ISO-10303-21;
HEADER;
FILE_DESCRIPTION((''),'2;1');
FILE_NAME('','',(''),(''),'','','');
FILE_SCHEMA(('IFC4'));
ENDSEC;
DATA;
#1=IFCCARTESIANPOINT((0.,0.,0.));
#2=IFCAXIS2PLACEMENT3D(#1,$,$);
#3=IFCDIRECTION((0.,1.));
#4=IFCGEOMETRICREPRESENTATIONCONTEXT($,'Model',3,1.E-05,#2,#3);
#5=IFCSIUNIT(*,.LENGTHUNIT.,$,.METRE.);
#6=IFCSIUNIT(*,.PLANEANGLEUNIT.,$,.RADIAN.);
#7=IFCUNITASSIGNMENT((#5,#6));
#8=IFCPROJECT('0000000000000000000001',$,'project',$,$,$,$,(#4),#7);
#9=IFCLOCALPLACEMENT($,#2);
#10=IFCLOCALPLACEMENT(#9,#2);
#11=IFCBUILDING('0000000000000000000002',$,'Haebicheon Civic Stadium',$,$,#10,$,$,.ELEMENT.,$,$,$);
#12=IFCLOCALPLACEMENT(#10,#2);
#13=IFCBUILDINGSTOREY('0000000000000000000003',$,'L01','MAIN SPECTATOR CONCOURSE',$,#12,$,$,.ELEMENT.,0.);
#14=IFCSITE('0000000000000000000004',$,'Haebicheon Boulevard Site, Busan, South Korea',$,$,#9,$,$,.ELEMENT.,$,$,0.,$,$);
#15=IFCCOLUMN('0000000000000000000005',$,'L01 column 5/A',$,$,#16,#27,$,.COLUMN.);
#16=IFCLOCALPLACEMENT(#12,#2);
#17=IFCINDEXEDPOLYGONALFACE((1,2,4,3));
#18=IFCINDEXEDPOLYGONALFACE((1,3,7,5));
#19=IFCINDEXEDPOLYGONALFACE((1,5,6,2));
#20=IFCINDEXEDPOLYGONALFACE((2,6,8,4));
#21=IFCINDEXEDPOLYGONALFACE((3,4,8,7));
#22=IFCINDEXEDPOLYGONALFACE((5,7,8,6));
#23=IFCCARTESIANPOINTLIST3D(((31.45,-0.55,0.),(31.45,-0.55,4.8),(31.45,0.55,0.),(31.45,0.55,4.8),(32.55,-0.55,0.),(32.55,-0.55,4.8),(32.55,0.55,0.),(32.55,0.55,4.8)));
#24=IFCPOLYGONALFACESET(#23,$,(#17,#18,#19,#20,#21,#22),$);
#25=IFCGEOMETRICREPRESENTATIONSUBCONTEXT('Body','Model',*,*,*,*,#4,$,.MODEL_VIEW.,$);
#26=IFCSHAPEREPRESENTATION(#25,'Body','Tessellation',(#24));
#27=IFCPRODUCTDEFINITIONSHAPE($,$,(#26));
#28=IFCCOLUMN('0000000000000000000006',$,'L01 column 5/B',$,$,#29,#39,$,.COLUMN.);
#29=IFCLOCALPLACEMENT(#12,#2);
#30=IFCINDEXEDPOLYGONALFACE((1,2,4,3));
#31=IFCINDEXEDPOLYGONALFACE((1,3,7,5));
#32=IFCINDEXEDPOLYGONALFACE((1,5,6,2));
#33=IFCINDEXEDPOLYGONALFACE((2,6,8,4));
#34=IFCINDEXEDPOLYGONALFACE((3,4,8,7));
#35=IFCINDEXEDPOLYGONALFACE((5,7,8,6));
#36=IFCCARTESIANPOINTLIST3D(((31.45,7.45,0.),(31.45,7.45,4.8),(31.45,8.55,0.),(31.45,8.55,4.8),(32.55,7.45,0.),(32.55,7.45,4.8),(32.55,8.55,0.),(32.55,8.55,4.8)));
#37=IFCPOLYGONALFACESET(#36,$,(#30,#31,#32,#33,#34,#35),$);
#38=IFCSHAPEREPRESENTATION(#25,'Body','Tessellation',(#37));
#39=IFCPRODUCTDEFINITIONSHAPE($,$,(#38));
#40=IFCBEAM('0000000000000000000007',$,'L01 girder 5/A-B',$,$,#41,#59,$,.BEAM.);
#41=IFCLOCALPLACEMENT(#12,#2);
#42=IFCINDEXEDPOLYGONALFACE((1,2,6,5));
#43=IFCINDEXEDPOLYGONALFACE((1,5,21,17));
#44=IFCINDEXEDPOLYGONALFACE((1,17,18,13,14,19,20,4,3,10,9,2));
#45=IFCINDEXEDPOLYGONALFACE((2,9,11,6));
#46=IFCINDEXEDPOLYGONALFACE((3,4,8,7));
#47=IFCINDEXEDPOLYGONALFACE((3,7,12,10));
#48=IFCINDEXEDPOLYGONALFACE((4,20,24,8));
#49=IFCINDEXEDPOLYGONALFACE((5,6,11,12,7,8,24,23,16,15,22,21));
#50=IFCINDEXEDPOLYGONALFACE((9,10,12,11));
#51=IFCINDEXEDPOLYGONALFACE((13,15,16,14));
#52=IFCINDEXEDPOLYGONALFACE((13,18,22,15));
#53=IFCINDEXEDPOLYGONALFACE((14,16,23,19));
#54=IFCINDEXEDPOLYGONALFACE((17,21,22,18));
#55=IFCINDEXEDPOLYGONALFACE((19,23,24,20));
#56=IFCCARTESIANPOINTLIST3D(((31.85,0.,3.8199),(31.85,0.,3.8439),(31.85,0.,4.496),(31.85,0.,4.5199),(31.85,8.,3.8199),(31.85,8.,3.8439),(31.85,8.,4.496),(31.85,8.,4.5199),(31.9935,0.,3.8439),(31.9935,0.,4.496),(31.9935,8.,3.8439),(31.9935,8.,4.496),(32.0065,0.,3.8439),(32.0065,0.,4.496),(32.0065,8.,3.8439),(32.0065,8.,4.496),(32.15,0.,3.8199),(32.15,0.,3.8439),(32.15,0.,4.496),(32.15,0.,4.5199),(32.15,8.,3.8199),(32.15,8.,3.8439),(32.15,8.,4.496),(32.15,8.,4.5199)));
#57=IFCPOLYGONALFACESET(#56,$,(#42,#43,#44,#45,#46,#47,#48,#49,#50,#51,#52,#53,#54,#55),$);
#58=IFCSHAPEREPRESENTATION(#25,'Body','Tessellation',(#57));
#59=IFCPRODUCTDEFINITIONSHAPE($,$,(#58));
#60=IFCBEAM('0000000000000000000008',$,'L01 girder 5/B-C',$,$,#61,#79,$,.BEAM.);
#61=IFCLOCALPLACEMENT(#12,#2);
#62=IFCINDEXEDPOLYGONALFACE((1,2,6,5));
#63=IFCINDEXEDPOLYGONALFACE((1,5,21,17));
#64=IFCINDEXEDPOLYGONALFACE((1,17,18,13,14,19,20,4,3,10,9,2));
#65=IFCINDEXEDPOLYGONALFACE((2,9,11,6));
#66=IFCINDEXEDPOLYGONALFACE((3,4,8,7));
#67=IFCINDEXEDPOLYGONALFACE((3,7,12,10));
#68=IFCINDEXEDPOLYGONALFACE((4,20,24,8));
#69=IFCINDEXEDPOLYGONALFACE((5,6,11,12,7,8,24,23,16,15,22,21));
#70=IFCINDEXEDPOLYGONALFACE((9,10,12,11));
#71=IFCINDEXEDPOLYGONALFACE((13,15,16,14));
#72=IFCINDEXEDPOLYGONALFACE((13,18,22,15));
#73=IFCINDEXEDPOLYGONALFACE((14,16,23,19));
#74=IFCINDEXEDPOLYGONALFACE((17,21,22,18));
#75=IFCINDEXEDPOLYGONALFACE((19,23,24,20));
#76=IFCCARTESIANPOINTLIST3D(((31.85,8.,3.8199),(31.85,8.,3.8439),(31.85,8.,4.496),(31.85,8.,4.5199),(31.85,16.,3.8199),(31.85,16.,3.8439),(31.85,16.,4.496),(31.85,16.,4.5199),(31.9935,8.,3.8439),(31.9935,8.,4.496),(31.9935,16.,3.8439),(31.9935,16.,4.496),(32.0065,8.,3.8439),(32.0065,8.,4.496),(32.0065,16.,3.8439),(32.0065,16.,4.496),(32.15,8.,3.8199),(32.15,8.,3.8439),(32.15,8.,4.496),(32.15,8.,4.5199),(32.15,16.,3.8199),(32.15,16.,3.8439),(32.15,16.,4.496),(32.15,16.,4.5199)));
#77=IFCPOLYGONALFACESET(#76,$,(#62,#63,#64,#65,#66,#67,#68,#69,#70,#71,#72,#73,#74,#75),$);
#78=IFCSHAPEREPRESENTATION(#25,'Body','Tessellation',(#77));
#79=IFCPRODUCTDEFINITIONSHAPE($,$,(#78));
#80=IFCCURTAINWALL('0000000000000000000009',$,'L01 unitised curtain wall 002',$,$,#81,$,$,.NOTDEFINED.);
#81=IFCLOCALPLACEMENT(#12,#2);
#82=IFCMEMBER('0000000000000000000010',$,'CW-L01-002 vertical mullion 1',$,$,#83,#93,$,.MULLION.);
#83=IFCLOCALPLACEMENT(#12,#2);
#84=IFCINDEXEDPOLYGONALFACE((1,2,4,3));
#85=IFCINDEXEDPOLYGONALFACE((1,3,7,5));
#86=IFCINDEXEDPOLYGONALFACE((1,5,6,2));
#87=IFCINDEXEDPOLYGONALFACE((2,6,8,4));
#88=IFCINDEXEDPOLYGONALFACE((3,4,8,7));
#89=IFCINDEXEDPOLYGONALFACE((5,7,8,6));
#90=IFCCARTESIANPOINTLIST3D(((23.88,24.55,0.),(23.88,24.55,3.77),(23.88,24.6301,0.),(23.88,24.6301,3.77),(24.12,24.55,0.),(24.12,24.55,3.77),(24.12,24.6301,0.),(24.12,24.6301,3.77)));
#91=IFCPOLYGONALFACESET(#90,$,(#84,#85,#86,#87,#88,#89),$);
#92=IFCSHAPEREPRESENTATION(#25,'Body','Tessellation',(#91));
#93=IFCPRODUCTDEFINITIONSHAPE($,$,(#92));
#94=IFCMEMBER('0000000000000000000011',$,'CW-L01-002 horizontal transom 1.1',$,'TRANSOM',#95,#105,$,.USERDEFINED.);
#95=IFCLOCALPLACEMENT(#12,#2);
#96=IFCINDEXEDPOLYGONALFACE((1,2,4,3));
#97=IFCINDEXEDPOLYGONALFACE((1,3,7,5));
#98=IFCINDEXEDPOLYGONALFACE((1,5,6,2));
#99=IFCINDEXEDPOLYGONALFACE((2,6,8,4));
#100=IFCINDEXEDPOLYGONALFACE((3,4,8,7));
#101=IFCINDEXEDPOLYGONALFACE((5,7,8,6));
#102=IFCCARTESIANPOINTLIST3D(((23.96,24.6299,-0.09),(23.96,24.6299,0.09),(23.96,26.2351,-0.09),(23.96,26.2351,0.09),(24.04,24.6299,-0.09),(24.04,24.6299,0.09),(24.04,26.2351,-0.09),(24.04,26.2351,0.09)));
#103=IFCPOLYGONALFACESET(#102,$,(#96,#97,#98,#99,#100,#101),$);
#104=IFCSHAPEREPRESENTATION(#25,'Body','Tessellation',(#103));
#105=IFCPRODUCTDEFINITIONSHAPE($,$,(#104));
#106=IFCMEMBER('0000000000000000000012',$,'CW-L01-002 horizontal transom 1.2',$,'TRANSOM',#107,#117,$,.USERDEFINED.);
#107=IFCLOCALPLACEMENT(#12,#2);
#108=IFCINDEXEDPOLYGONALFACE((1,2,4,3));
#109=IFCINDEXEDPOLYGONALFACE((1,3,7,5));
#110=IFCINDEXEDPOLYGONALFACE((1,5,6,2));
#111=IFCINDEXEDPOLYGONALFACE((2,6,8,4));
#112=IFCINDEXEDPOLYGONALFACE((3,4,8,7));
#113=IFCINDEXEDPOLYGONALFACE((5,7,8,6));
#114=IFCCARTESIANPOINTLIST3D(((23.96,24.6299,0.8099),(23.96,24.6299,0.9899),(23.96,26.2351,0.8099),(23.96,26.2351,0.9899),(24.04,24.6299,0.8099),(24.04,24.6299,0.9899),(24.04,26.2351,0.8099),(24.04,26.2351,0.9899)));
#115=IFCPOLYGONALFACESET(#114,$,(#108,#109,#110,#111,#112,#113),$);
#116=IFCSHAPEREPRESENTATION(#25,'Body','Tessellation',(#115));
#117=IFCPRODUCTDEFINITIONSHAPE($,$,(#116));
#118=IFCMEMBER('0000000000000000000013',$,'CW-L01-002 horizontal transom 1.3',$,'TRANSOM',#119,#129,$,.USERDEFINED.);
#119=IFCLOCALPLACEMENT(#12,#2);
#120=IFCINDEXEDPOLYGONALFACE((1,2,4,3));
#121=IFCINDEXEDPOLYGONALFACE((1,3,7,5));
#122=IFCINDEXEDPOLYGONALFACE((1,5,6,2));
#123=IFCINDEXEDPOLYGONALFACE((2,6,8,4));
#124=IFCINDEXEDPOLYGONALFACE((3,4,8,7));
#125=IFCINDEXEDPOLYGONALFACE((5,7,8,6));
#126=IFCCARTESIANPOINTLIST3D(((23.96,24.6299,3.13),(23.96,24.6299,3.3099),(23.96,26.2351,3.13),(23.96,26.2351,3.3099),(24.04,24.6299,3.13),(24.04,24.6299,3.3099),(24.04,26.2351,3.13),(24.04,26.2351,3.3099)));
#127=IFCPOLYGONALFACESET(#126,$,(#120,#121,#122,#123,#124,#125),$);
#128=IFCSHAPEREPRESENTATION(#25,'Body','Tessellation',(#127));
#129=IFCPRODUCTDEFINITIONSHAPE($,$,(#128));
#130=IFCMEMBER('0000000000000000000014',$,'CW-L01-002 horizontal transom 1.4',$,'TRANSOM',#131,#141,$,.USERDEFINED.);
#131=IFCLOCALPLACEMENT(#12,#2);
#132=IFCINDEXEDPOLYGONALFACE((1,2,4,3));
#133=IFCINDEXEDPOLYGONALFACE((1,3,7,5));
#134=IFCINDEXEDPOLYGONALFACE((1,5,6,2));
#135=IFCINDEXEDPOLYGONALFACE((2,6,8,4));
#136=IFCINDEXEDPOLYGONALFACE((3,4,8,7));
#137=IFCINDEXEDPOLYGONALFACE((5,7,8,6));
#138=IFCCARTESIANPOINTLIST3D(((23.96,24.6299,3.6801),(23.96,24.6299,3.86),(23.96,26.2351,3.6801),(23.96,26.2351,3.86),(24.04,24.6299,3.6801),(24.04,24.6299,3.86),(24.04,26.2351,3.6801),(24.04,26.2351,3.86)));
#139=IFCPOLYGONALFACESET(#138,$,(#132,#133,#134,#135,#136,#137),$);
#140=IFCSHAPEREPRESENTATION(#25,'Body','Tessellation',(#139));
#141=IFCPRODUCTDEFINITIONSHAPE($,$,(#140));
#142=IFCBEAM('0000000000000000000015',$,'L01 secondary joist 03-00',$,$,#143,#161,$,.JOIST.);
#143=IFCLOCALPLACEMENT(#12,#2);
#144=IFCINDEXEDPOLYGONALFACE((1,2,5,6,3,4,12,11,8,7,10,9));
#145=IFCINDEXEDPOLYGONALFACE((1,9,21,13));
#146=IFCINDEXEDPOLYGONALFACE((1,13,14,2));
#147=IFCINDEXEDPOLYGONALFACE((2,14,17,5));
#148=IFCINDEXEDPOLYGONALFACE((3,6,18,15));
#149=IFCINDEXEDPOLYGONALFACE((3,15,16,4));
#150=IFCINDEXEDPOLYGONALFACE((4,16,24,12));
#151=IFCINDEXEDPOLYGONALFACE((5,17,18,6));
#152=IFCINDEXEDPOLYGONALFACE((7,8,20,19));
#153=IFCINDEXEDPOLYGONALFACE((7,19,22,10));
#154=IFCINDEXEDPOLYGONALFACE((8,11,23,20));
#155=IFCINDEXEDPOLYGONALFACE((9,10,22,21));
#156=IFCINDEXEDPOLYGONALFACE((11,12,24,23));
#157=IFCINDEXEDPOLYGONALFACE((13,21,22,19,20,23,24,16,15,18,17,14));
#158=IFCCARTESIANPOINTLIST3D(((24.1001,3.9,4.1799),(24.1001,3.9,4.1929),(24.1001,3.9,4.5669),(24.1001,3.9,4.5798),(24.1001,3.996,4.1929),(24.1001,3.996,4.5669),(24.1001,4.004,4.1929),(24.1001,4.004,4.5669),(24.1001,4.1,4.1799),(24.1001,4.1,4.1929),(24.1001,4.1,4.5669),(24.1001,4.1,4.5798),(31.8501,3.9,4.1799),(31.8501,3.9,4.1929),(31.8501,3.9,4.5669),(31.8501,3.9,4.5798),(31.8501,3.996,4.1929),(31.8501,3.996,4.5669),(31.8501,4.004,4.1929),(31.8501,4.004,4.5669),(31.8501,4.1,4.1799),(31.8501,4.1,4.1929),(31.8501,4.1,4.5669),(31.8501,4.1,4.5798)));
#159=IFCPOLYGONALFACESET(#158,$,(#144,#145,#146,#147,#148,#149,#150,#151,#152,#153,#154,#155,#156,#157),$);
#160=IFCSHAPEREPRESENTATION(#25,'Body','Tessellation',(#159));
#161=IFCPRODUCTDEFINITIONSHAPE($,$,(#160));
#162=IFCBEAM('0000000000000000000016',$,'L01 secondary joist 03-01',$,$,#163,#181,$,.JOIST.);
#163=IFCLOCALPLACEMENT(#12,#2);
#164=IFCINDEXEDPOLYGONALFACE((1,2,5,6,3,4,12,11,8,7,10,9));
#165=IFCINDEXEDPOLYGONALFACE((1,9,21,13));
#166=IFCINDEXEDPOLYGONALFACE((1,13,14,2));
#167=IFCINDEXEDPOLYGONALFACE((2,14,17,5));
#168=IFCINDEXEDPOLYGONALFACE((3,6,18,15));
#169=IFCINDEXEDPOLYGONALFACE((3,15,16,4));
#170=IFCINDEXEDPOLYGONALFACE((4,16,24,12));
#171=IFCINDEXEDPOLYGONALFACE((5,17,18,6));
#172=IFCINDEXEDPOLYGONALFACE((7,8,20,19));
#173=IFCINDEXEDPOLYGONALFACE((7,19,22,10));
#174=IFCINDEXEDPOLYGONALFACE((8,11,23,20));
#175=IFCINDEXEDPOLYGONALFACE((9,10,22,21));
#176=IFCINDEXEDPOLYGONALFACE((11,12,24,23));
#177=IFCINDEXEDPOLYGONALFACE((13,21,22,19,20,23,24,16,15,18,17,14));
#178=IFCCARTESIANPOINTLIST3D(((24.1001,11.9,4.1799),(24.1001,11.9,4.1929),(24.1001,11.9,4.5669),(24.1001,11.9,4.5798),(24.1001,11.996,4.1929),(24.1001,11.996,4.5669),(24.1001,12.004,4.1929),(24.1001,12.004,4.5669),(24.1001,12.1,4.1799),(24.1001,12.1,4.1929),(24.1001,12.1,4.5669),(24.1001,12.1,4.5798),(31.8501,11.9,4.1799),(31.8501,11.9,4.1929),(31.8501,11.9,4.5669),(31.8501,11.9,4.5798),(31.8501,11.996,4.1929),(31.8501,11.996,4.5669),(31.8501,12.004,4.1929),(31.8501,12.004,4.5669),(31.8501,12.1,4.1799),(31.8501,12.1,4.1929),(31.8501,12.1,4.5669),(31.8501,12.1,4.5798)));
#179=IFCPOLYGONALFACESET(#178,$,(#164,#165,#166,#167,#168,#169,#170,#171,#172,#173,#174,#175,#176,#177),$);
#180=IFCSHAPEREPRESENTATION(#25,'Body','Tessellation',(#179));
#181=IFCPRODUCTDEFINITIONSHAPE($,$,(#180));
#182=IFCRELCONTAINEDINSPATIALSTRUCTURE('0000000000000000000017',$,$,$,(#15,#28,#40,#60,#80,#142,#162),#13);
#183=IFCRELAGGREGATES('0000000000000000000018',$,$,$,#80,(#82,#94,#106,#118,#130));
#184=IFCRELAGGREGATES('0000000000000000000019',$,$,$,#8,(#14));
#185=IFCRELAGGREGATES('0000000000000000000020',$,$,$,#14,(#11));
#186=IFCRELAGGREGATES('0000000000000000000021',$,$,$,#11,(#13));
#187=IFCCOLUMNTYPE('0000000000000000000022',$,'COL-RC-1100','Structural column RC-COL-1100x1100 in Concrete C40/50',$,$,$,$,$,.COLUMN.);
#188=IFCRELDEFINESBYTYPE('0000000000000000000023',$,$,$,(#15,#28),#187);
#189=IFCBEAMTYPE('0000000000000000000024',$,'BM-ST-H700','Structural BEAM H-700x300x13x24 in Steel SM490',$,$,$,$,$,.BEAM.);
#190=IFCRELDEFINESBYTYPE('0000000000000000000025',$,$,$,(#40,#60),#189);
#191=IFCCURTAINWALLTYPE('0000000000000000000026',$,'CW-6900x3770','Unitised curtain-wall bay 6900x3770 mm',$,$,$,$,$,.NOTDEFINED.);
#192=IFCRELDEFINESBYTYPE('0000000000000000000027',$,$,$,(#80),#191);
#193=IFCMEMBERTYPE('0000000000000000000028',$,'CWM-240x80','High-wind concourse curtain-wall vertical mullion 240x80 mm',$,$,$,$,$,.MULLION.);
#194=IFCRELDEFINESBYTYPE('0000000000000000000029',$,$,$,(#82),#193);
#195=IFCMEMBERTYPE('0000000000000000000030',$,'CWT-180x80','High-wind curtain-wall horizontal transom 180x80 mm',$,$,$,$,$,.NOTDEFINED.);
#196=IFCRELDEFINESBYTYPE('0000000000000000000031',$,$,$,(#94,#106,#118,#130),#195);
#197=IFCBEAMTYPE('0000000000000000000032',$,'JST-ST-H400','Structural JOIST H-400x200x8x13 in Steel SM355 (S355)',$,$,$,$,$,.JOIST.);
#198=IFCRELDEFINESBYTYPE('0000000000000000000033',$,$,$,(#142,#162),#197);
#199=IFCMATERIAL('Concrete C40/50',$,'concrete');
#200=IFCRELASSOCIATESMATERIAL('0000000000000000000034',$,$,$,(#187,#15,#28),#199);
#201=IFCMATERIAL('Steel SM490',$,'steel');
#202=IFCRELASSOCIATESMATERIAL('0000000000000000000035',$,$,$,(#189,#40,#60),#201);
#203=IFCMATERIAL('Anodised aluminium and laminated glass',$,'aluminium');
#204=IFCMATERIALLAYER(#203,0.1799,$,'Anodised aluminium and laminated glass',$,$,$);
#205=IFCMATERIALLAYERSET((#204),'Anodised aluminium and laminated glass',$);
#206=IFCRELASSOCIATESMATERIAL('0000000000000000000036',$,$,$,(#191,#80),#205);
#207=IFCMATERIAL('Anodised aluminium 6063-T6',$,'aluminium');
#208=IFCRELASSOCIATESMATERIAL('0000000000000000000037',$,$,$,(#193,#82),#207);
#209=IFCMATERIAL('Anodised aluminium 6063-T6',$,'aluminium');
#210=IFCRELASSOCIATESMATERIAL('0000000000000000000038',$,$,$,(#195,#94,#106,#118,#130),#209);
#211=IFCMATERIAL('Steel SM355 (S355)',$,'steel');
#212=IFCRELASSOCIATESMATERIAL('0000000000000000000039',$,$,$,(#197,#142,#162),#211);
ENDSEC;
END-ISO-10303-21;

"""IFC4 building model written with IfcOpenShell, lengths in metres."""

from ifc_helpers import new_model, si_unit, direction, frame, origin, origin_2d, place, context, subcontext, project, spatial, rectangle, i_section, extrude, material, layer, layer_set, material_profile, profile_set, type_object, element, aggregate, save


model = new_model("IFC4")

# Units and contexts
model_context = context("Model", 3, precision=1e-05, world=origin(), true_north=direction((0.0, 1.0)))
body_context = subcontext(model_context, "Body", "Model", "MODEL_VIEW")
ifc_project = project(units=[si_unit("LENGTHUNIT", "METRE"), si_unit("PLANEANGLEUNIT", "RADIAN")], contexts=[model_context])

# Site, building, storey
site_placement = place(None, origin())
site = spatial("IfcSite", under=ifc_project, at=site_placement, Name="Haebicheon Boulevard Site, Busan, South Korea", CompositionType="ELEMENT", RefElevation=0.0)
building_placement = place(site_placement, origin())
building = spatial("IfcBuilding", under=site, at=building_placement, Name="Haebicheon Civic Stadium", CompositionType="ELEMENT")
storey_placement = place(building_placement, origin())
storey = spatial("IfcBuildingStorey", under=building, at=storey_placement, Name="L01", Description="MAIN SPECTATOR CONCOURSE", CompositionType="ELEMENT", Elevation=0.0)

# Columns
ifc_material_1 = material(Name="Concrete C40/50", Category="concrete")
ifc_material_profile_1 = material_profile(ifc_material_1, rectangle(XDim=1.1001, YDim=1.1001, at=origin_2d()), Name="RC-COL-1100x1100")
ifc_profile_set_1 = profile_set([ifc_material_profile_1], Name="Concrete C40/50")
column_type = type_object("IfcColumnType", Name="COL-RC-1100", Description="Structural column RC-COL-1100x1100 in Concrete C40/50", PredefinedType="COLUMN", material=ifc_profile_set_1)
for number, where, z_axis, x_axis, name in (
    (1, (32.0, 0.0, 0.0), (0.0, 0.0, 1.0), (1.0, 0.0, 0.0), "L01 column 5/A"),
    (2, (32.0, 8.0, 0.0), (0.0, 0.0, 1.0), (1.0, 0.0, 0.0), "L01 column 5/B"),
):
    element("IfcColumn", number, at=place(storey_placement, frame(where, z_axis=z_axis, x_axis=x_axis)), inside=storey, type_object=column_type, material=ifc_profile_set_1, Name=name, PredefinedType="COLUMN", context=body_context, shape_type="SweptSolid", body=[
        extrude(rectangle(XDim=1.1001, YDim=1.1001, at=origin_2d()), origin(), (0.0, 0.0, 1.0), 4.8),
    ])

# Beams
ifc_material_2 = material(Name="Steel SM490", Category="steel")
ifc_material_profile_2 = material_profile(ifc_material_2, i_section(OverallWidth=0.3, OverallDepth=0.7, WebThickness=0.0129, FlangeThickness=0.0239, at=origin_2d()), Name="H-700x300x13x24")
ifc_profile_set_2 = profile_set([ifc_material_profile_2], Name="Steel SM490")
beam_type_1 = type_object("IfcBeamType", Name="BM-ST-H700", Description="Structural BEAM H-700x300x13x24 in Steel SM490", PredefinedType="BEAM", material=ifc_profile_set_2)
for number, where, z_axis, x_axis, name in (
    (3, (32.0, 0.0, 4.1699), (0.0, 1.0, 0.0), (-1.0, 0.0, 0.0), "L01 girder 5/A-B"),
    (4, (32.0, 8.0, 4.1699), (0.0, 1.0, 0.0), (-1.0, 0.0, 0.0), "L01 girder 5/B-C"),
):
    element("IfcBeam", number, at=place(storey_placement, frame(where, z_axis=z_axis, x_axis=x_axis)), inside=storey, type_object=beam_type_1, material=ifc_profile_set_2, Name=name, PredefinedType="BEAM", context=body_context, shape_type="SweptSolid", body=[
        extrude(i_section(OverallWidth=0.3, OverallDepth=0.7, WebThickness=0.0129, FlangeThickness=0.0239, at=origin_2d()), origin(), (0.0, 0.0, 1.0), 8.0),
    ])

# Curtain wall, members
ifc_material_3 = material(Name="Anodised aluminium and laminated glass", Category="aluminium")
ifc_layer_1 = layer(ifc_material_3, 0.1799, Name="Anodised aluminium and laminated glass")
ifc_layer_set_1 = layer_set([ifc_layer_1], Name="Anodised aluminium and laminated glass")
curtain_wall_type = type_object("IfcCurtainWallType", Name="CW-6900x3770", Description="Unitised curtain-wall bay 6900x3770 mm", PredefinedType="NOTDEFINED", material=ifc_layer_set_1)
curtain_wall_placement = place(storey_placement, origin())
curtain_wall = element("IfcCurtainWall", 5, at=curtain_wall_placement, inside=storey, type_object=curtain_wall_type, material=ifc_layer_set_1, Name="L01 unitised curtain wall 002", PredefinedType="NOTDEFINED")
ifc_material_4 = material(Name="Anodised aluminium 6063-T6", Category="aluminium")
ifc_material_profile_3 = material_profile(ifc_material_4, rectangle(XDim=0.0801, YDim=0.24, at=origin_2d()), Name="ALU-MULL-80x240")
ifc_profile_set_3 = profile_set([ifc_material_profile_3], Name="Anodised aluminium 6063-T6")
member_type_1 = type_object("IfcMemberType", Name="CWM-240x80", Description="High-wind concourse curtain-wall vertical mullion 240x80 mm", PredefinedType="MULLION", material=ifc_profile_set_3)
member_1_placement = place(storey_placement, frame((24.0, 24.5901, 0.0), z_axis=(0.0, 0.0, 1.0), x_axis=(0.0, 1.0, 0.0)))
member_1 = element("IfcMember", 6, at=member_1_placement, type_object=member_type_1, material=ifc_profile_set_3, Name="CW-L01-002 vertical mullion 1", PredefinedType="MULLION", context=body_context, shape_type="SweptSolid", body=[
    extrude(rectangle(XDim=0.0801, YDim=0.24, at=origin_2d()), origin(), (0.0, 0.0, 1.0), 3.77),
])
ifc_material_5 = material(Name="Anodised aluminium 6063-T6", Category="aluminium")
ifc_material_profile_4 = material_profile(ifc_material_5, rectangle(XDim=0.0801, YDim=0.1799, at=origin_2d()), Name="ALU-TRAN-80x180")
ifc_profile_set_4 = profile_set([ifc_material_profile_4], Name="Anodised aluminium 6063-T6")
member_type_2 = type_object("IfcMemberType", Name="CWT-180x80", Description="High-wind curtain-wall horizontal transom 180x80 mm", PredefinedType="NOTDEFINED", material=ifc_profile_set_4)
member_2_placement = place(storey_placement, frame((24.0, 24.6299, 0.0), z_axis=(0.0, 1.0, 0.0), x_axis=(-1.0, 0.0, 0.0)))
member_2 = element("IfcMember", 7, at=member_2_placement, type_object=member_type_2, material=ifc_profile_set_4, Name="CW-L01-002 horizontal transom 1.1", ObjectType="TRANSOM", PredefinedType="USERDEFINED", context=body_context, shape_type="SweptSolid", body=[
    extrude(rectangle(XDim=0.0801, YDim=0.1799, at=origin_2d()), origin(), (0.0, 0.0, 1.0), 1.6052),
])
member_3_placement = place(storey_placement, frame((24.0, 24.6299, 0.8999), z_axis=(0.0, 1.0, 0.0), x_axis=(-1.0, 0.0, 0.0)))
member_3 = element("IfcMember", 8, at=member_3_placement, type_object=member_type_2, material=ifc_profile_set_4, Name="CW-L01-002 horizontal transom 1.2", ObjectType="TRANSOM", PredefinedType="USERDEFINED", context=body_context, shape_type="SweptSolid", body=[
    extrude(rectangle(XDim=0.0801, YDim=0.1799, at=origin_2d()), origin(), (0.0, 0.0, 1.0), 1.6052),
])
member_4_placement = place(storey_placement, frame((24.0, 24.6299, 3.22), z_axis=(0.0, 1.0, 0.0), x_axis=(-1.0, 0.0, 0.0)))
member_4 = element("IfcMember", 9, at=member_4_placement, type_object=member_type_2, material=ifc_profile_set_4, Name="CW-L01-002 horizontal transom 1.3", ObjectType="TRANSOM", PredefinedType="USERDEFINED", context=body_context, shape_type="SweptSolid", body=[
    extrude(rectangle(XDim=0.0801, YDim=0.1799, at=origin_2d()), origin(), (0.0, 0.0, 1.0), 1.6052),
])
member_5_placement = place(storey_placement, frame((24.0, 24.6299, 3.77), z_axis=(0.0, 1.0, 0.0), x_axis=(-1.0, 0.0, 0.0)))
member_5 = element("IfcMember", 10, at=member_5_placement, type_object=member_type_2, material=ifc_profile_set_4, Name="CW-L01-002 horizontal transom 1.4", ObjectType="TRANSOM", PredefinedType="USERDEFINED", context=body_context, shape_type="SweptSolid", body=[
    extrude(rectangle(XDim=0.0801, YDim=0.1799, at=origin_2d()), origin(), (0.0, 0.0, 1.0), 1.6052),
])

# Beams
ifc_material_6 = material(Name="Steel SM355 (S355)", Category="steel")
ifc_material_profile_5 = material_profile(ifc_material_6, i_section(OverallWidth=0.2, OverallDepth=0.3999, WebThickness=0.0081, FlangeThickness=0.0129, at=origin_2d()), Name="H-400x200x8x13")
ifc_profile_set_5 = profile_set([ifc_material_profile_5], Name="Steel SM355 (S355)")
beam_type_2 = type_object("IfcBeamType", Name="JST-ST-H400", Description="Structural JOIST H-400x200x8x13 in Steel SM355 (S355)", PredefinedType="JOIST", material=ifc_profile_set_5)
for number, where, z_axis, x_axis, name in (
    (11, (24.1001, 4.0, 4.3799), (1.0, 0.0, 0.0), (0.0, 1.0, 0.0), "L01 secondary joist 03-00"),
    (12, (24.1001, 12.0, 4.3799), (1.0, 0.0, 0.0), (0.0, 1.0, 0.0), "L01 secondary joist 03-01"),
):
    element("IfcBeam", number, at=place(storey_placement, frame(where, z_axis=z_axis, x_axis=x_axis)), inside=storey, type_object=beam_type_2, material=ifc_profile_set_5, Name=name, PredefinedType="JOIST", context=body_context, shape_type="SweptSolid", body=[
        extrude(i_section(OverallWidth=0.2, OverallDepth=0.3999, WebThickness=0.0081, FlangeThickness=0.0129, at=origin_2d()), origin(), (0.0, 0.0, 1.0), 7.75),
    ])

aggregate(curtain_wall, [member_1, member_2, member_3, member_4, member_5])

save(model, "model.ifc")
